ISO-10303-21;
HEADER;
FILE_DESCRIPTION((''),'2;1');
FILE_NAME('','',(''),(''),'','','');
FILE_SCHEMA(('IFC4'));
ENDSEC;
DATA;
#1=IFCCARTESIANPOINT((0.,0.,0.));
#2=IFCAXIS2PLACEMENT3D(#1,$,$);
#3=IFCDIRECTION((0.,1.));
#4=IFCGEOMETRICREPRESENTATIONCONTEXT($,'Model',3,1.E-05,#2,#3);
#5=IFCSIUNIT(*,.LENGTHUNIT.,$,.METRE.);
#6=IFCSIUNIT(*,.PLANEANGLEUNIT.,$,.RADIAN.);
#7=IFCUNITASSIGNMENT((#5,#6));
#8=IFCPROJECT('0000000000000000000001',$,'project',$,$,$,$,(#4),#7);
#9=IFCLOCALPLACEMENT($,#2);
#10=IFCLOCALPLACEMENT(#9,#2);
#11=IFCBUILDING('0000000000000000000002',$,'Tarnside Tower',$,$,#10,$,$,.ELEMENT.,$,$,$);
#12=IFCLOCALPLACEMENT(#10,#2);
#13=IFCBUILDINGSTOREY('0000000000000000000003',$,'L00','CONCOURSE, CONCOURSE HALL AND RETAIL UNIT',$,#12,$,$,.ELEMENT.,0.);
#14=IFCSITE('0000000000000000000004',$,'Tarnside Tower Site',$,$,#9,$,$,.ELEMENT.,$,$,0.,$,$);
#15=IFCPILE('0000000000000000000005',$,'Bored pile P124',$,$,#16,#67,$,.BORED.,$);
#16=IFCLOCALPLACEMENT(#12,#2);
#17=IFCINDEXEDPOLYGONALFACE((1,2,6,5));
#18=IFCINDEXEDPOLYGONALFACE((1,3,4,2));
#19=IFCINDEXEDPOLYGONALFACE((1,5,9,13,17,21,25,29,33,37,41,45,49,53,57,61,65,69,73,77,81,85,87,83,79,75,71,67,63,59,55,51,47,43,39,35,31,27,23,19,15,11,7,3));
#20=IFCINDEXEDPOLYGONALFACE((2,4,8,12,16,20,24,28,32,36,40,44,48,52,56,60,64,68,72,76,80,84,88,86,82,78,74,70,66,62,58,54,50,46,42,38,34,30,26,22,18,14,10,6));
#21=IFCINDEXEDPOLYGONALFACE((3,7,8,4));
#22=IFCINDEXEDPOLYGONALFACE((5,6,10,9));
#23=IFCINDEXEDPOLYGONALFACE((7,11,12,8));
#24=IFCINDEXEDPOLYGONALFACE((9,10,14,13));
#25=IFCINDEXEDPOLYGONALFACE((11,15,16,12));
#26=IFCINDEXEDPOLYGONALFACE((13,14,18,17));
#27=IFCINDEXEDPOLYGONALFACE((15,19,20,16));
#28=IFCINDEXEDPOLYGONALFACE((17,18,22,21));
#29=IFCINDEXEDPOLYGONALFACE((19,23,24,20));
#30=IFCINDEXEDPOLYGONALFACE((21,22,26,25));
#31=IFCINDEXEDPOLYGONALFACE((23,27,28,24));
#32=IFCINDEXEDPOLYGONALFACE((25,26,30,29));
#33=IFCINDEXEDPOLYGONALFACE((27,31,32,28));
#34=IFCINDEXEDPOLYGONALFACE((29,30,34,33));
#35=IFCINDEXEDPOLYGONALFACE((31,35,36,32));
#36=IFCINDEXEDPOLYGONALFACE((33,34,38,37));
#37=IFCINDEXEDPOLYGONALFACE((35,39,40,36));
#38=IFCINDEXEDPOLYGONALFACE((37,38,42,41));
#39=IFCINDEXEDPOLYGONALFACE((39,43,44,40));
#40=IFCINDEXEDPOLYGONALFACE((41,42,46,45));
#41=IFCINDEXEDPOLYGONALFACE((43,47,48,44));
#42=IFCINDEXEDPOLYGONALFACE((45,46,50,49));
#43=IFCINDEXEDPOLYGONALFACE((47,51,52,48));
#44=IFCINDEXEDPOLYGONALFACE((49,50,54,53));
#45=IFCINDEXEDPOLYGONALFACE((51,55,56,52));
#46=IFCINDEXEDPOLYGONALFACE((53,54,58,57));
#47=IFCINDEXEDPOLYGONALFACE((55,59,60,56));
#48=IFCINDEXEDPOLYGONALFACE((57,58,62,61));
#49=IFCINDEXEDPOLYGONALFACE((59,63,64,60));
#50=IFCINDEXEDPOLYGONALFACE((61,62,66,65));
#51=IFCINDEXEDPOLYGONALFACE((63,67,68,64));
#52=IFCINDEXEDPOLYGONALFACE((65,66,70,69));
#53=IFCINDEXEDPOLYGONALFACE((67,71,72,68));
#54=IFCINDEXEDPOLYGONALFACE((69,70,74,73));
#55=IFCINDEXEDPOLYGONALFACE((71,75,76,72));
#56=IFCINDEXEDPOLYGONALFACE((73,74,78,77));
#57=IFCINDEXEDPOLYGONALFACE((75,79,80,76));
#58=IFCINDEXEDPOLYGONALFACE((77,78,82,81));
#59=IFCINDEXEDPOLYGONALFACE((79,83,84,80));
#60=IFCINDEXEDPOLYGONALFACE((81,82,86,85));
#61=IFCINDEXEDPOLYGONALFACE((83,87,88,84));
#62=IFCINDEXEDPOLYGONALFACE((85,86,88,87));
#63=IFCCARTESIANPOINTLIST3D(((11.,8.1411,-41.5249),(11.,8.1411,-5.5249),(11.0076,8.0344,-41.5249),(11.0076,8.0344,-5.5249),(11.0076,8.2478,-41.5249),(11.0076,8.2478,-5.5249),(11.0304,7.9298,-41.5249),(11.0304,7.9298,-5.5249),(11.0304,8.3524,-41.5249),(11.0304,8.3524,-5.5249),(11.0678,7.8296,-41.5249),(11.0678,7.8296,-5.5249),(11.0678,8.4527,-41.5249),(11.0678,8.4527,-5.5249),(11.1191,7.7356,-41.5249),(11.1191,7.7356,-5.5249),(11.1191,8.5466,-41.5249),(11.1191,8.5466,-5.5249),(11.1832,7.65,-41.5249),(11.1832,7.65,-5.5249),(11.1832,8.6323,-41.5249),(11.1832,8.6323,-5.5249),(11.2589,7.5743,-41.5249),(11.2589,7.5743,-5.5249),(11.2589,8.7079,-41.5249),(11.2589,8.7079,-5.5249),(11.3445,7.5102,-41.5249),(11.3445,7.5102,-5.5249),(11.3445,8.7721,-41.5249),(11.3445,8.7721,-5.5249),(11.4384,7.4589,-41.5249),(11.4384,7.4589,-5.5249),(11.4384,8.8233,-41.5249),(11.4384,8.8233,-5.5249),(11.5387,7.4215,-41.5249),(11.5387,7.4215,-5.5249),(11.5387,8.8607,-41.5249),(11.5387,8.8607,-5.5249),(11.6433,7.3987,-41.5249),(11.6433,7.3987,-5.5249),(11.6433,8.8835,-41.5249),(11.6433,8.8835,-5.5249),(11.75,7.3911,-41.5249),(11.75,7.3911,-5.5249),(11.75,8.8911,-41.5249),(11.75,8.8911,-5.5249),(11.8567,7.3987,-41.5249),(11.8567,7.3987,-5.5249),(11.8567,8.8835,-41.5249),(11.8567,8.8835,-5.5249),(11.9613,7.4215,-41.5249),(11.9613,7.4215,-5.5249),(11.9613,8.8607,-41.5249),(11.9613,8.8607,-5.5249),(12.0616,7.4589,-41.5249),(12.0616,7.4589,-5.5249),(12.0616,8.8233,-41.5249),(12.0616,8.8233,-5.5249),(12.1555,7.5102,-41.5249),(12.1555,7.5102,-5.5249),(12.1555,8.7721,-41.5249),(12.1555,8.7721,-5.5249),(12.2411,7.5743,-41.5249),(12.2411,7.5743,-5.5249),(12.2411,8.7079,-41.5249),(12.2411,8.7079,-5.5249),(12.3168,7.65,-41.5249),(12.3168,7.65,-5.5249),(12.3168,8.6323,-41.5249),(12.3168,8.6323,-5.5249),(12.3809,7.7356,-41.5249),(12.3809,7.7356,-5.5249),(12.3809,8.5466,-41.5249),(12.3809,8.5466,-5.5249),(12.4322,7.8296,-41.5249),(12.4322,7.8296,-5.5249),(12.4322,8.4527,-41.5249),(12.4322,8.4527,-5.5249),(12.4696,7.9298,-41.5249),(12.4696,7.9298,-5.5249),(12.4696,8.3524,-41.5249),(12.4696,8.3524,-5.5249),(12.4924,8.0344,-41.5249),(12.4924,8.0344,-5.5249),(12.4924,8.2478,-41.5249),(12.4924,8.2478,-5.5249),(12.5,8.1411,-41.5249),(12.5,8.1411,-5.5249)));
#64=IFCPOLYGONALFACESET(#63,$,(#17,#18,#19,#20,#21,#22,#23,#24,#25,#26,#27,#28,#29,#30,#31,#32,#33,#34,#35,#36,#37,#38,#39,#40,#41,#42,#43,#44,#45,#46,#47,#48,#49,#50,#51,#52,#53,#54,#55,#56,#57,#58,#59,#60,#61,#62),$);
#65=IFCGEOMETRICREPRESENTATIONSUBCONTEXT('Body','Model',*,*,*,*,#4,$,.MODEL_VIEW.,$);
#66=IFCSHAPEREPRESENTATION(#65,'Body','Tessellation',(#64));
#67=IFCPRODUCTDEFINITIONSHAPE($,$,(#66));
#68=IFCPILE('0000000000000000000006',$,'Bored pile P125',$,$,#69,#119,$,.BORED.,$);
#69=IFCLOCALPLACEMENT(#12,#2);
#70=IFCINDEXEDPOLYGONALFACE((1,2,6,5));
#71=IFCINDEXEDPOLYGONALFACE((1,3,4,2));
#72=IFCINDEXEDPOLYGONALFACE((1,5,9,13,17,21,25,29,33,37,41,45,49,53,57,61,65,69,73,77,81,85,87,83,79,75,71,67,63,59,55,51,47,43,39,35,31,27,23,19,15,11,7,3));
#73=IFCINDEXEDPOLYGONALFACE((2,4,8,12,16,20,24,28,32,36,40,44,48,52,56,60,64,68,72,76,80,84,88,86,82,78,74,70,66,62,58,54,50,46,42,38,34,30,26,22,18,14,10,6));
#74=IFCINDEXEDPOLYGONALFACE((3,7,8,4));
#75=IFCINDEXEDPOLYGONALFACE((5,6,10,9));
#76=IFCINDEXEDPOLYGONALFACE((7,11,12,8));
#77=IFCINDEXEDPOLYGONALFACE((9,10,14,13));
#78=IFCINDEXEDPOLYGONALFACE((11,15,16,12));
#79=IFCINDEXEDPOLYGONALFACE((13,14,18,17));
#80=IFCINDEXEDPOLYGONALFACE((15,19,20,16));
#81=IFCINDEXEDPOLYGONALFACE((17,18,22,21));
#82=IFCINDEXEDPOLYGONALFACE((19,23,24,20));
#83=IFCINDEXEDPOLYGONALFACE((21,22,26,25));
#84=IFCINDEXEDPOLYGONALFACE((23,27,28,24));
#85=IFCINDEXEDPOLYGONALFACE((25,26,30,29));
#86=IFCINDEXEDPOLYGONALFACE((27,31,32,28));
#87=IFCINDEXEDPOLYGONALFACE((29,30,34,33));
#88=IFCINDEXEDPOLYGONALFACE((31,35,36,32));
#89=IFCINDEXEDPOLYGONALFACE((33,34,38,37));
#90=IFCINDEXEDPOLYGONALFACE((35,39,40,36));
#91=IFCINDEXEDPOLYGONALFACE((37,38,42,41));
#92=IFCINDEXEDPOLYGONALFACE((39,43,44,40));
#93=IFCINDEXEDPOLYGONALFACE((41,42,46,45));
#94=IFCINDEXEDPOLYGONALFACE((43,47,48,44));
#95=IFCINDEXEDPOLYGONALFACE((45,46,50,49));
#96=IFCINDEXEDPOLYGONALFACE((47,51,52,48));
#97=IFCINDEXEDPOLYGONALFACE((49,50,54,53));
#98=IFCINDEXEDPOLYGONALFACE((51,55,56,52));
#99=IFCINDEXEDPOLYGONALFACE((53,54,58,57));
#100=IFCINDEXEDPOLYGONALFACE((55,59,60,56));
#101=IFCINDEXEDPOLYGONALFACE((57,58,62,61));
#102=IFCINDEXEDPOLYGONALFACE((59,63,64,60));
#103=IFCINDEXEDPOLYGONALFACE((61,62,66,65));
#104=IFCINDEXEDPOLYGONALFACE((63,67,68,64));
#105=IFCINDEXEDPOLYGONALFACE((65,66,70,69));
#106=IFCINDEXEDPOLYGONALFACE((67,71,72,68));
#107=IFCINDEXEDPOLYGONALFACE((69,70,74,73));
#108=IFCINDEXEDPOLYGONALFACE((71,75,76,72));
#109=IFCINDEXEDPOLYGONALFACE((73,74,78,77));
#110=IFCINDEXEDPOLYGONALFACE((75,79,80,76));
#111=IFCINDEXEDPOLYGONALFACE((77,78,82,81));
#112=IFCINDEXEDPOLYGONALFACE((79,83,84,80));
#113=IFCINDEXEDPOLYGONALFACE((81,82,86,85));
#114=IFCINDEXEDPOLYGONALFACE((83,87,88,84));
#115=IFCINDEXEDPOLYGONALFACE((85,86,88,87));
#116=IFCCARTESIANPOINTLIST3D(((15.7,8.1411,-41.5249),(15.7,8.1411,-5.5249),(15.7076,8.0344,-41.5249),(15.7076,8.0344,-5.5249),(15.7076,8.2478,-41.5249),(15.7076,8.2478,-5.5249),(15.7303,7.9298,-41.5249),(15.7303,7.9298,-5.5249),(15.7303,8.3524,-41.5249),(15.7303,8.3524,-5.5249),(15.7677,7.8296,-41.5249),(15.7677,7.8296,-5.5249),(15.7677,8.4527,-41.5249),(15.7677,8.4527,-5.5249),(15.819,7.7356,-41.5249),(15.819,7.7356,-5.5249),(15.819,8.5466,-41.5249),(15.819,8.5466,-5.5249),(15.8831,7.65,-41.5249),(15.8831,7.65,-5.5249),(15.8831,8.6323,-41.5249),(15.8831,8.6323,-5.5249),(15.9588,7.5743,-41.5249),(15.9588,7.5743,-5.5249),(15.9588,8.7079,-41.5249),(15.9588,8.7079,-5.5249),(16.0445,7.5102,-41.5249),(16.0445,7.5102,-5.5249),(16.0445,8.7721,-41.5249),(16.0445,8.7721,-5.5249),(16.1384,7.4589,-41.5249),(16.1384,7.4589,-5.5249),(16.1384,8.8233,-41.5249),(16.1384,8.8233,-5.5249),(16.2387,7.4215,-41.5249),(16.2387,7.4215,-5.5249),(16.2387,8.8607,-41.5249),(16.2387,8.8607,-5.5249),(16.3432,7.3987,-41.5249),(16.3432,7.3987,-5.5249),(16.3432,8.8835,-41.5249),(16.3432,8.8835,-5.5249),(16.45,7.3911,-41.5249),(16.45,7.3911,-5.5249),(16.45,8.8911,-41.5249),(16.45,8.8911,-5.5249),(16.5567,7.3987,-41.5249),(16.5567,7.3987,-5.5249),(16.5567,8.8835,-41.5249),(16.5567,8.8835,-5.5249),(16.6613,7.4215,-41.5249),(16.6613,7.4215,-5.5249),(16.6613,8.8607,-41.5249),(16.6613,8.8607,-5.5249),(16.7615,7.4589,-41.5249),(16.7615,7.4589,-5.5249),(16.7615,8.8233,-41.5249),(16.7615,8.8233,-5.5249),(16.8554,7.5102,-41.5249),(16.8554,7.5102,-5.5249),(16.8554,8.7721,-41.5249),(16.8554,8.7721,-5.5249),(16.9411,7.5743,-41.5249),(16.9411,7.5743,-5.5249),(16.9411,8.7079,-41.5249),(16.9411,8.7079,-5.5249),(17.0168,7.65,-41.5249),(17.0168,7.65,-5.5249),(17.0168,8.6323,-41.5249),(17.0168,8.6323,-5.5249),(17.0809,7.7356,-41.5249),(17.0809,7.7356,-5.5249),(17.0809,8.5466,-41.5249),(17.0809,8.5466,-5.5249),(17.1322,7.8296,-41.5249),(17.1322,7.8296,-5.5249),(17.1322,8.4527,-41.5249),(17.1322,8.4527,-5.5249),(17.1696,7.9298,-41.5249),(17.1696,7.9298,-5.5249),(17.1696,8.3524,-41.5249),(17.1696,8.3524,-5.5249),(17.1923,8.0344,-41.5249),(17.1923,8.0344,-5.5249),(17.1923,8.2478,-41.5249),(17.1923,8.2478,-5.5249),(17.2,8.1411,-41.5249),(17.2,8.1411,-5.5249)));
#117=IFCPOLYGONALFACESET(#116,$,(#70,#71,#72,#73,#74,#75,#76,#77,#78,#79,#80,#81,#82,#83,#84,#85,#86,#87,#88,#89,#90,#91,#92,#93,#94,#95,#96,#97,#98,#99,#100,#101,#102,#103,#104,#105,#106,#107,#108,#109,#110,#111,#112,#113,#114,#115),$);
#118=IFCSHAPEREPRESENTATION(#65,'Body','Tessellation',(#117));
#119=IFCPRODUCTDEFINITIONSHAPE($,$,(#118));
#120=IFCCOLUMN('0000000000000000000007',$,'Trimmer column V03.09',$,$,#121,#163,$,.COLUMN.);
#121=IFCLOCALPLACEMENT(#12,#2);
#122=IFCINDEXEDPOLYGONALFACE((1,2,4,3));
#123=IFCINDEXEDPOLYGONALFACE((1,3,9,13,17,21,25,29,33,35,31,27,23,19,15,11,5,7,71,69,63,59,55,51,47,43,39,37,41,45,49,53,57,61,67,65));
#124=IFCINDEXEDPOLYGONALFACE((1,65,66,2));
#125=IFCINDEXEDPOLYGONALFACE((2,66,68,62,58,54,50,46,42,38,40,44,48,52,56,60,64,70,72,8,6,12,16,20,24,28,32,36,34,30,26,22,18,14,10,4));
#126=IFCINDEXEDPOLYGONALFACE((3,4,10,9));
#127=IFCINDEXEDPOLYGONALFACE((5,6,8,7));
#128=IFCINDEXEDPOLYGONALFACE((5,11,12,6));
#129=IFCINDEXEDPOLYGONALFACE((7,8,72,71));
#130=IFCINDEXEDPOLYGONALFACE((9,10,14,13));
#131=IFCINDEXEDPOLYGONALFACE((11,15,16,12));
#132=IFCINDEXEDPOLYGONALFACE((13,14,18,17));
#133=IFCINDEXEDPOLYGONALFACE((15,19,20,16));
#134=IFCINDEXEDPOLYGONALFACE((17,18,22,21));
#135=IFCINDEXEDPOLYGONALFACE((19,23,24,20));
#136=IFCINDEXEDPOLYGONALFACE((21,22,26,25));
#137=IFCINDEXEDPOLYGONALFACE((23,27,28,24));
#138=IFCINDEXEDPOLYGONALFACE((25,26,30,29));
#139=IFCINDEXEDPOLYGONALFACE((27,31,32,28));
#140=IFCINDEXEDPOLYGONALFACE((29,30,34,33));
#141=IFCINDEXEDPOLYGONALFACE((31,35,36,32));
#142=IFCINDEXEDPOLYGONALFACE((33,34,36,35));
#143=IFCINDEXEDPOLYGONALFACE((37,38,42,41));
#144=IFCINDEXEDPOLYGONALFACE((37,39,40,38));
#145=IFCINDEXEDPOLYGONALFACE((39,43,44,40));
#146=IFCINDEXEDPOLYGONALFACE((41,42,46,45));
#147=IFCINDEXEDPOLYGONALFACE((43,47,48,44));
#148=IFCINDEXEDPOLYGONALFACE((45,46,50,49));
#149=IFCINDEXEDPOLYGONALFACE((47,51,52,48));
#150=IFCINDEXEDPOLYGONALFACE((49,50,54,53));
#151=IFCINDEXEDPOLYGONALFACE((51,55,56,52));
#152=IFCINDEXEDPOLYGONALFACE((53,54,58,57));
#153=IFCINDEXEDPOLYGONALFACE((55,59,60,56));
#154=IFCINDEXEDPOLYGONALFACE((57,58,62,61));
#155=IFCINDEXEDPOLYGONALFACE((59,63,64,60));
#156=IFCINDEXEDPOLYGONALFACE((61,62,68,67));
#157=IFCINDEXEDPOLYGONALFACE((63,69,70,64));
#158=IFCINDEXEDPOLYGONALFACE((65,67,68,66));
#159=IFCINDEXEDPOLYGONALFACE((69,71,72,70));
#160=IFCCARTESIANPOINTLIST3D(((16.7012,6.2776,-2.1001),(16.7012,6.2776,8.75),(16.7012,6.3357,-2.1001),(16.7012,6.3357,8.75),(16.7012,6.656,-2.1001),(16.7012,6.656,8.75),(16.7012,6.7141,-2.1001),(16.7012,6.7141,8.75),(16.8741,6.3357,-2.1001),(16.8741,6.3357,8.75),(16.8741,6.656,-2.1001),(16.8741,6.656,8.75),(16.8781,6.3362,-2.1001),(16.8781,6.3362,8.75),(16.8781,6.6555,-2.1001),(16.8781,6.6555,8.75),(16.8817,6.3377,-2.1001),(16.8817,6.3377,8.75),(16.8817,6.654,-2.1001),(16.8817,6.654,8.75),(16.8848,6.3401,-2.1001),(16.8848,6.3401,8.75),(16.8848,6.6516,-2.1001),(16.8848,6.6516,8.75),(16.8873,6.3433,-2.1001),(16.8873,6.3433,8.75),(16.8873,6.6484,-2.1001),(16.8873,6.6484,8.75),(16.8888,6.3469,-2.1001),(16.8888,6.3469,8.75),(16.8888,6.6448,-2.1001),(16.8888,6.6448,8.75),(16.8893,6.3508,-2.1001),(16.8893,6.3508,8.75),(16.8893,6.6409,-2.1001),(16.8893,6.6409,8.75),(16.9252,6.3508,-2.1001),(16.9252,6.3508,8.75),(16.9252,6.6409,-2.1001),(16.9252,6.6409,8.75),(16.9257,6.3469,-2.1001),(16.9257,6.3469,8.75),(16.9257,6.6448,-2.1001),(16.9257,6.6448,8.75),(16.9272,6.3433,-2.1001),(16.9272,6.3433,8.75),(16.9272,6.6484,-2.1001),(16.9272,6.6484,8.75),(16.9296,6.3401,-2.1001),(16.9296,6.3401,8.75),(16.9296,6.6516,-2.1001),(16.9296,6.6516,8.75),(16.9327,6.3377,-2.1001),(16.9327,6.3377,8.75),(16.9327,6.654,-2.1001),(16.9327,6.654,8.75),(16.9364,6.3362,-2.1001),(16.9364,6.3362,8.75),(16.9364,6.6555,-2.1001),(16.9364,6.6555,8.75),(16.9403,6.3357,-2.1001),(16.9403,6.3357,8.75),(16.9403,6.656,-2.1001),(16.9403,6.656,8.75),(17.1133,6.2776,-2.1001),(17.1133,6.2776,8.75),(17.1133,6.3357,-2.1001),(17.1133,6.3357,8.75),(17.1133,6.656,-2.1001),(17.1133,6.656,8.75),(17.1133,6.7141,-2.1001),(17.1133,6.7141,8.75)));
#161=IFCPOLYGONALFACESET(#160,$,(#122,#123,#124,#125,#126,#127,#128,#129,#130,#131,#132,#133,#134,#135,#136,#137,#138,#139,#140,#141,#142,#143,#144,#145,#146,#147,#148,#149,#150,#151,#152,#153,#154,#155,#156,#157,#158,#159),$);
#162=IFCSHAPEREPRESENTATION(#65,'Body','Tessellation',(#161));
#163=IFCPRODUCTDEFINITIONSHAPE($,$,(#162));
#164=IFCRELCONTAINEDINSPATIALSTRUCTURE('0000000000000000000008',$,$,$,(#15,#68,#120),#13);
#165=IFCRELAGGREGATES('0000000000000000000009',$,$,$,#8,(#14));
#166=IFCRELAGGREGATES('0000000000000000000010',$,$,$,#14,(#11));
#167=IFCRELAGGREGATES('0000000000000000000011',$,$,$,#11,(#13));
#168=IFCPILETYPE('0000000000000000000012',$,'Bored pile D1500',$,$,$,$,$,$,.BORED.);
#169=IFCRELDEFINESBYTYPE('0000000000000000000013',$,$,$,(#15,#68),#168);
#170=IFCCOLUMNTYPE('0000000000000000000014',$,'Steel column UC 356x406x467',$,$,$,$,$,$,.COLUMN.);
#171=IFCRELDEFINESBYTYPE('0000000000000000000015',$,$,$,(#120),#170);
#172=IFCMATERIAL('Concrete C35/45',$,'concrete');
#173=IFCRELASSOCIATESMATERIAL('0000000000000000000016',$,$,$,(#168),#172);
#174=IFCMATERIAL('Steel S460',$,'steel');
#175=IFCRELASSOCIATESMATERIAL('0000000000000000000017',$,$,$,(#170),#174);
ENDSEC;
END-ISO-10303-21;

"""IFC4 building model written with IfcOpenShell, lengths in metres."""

from ifc_helpers import new_model, si_unit, direction, frame, origin, origin_2d, place, context, subcontext, project, spatial, circle, i_section, extrude, material, material_profile, profile_set, type_object, element, save


model = new_model("IFC4")

# Units and contexts
model_context = context("Model", 3, precision=1e-05, world=origin(), true_north=direction((0.0, 1.0)))
body_context = subcontext(model_context, "Body", "Model", "MODEL_VIEW")
ifc_project = project(units=[si_unit("LENGTHUNIT", "METRE"), si_unit("PLANEANGLEUNIT", "RADIAN")], contexts=[model_context])

# Site, building, storey
site_placement = place(None, origin())
site = spatial("IfcSite", under=ifc_project, at=site_placement, Name="Tarnside Tower Site", CompositionType="ELEMENT", RefElevation=0.0)
building_placement = place(site_placement, origin())
building = spatial("IfcBuilding", under=site, at=building_placement, Name="Tarnside Tower", CompositionType="ELEMENT")
storey_placement = place(building_placement, origin())
storey = spatial("IfcBuildingStorey", under=building, at=storey_placement, Name="L00", Description="CONCOURSE, CONCOURSE HALL AND RETAIL UNIT", CompositionType="ELEMENT", Elevation=0.0)

# Piles
ifc_material_1 = material(Name="Concrete C35/45", Category="concrete")
ifc_material_profile_1 = material_profile(ifc_material_1, circle(Radius=0.75, at=origin_2d()), Name="Bored pile D1500")
ifc_profile_set_1 = profile_set([ifc_material_profile_1], Name="Concrete C35/45")
pile_type = type_object("IfcPileType", Name="Bored pile D1500", PredefinedType="BORED", material=ifc_profile_set_1)
for number, where, z_axis, x_axis, name in (
    (1, (11.75, 8.1411, -5.5249), (0.0, 0.0, -1.0), (1.0, 0.0, 0.0), "Bored pile P124"),
    (2, (16.45, 8.1411, -5.5249), (0.0, 0.0, -1.0), (1.0, 0.0, 0.0), "Bored pile P125"),
):
    element("IfcPile", number, at=place(storey_placement, frame(where, z_axis=z_axis, x_axis=x_axis)), inside=storey, type_object=pile_type, Name=name, PredefinedType="BORED", context=body_context, shape_type="SweptSolid", body=[
        extrude(circle(Radius=0.75, at=origin_2d()), origin(), (0.0, 0.0, 1.0), 36.0),
    ])

# Column
ifc_material_2 = material(Name="Steel S460", Category="steel")
ifc_material_profile_2 = material_profile(ifc_material_2, i_section(OverallWidth=0.4121, OverallDepth=0.4365, WebThickness=0.0359, FlangeThickness=0.0581, FilletRadius=0.0151, at=origin_2d()), Name="UC 356x406x467")
ifc_profile_set_2 = profile_set([ifc_material_profile_2], Name="Steel S460")
column_type = type_object("IfcColumnType", Name="Steel column UC 356x406x467", PredefinedType="COLUMN", material=ifc_profile_set_2)
for number, where, z_axis, x_axis, name in (
    (3, (16.9072, 6.4958, -2.1001), (0.0, 0.0, 1.0), (1.0, 0.0, 0.0), "Trimmer column V03.09"),
):
    element("IfcColumn", number, at=place(storey_placement, frame(where, z_axis=z_axis, x_axis=x_axis)), inside=storey, type_object=column_type, Name=name, PredefinedType="COLUMN", context=body_context, shape_type="SweptSolid", body=[
        extrude(i_section(OverallWidth=0.4121, OverallDepth=0.4365, WebThickness=0.0359, FlangeThickness=0.0581, FilletRadius=0.0151, at=origin_2d()), origin(), (0.0, 0.0, 1.0), 10.8501),
    ])

save(model, "model.ifc")
